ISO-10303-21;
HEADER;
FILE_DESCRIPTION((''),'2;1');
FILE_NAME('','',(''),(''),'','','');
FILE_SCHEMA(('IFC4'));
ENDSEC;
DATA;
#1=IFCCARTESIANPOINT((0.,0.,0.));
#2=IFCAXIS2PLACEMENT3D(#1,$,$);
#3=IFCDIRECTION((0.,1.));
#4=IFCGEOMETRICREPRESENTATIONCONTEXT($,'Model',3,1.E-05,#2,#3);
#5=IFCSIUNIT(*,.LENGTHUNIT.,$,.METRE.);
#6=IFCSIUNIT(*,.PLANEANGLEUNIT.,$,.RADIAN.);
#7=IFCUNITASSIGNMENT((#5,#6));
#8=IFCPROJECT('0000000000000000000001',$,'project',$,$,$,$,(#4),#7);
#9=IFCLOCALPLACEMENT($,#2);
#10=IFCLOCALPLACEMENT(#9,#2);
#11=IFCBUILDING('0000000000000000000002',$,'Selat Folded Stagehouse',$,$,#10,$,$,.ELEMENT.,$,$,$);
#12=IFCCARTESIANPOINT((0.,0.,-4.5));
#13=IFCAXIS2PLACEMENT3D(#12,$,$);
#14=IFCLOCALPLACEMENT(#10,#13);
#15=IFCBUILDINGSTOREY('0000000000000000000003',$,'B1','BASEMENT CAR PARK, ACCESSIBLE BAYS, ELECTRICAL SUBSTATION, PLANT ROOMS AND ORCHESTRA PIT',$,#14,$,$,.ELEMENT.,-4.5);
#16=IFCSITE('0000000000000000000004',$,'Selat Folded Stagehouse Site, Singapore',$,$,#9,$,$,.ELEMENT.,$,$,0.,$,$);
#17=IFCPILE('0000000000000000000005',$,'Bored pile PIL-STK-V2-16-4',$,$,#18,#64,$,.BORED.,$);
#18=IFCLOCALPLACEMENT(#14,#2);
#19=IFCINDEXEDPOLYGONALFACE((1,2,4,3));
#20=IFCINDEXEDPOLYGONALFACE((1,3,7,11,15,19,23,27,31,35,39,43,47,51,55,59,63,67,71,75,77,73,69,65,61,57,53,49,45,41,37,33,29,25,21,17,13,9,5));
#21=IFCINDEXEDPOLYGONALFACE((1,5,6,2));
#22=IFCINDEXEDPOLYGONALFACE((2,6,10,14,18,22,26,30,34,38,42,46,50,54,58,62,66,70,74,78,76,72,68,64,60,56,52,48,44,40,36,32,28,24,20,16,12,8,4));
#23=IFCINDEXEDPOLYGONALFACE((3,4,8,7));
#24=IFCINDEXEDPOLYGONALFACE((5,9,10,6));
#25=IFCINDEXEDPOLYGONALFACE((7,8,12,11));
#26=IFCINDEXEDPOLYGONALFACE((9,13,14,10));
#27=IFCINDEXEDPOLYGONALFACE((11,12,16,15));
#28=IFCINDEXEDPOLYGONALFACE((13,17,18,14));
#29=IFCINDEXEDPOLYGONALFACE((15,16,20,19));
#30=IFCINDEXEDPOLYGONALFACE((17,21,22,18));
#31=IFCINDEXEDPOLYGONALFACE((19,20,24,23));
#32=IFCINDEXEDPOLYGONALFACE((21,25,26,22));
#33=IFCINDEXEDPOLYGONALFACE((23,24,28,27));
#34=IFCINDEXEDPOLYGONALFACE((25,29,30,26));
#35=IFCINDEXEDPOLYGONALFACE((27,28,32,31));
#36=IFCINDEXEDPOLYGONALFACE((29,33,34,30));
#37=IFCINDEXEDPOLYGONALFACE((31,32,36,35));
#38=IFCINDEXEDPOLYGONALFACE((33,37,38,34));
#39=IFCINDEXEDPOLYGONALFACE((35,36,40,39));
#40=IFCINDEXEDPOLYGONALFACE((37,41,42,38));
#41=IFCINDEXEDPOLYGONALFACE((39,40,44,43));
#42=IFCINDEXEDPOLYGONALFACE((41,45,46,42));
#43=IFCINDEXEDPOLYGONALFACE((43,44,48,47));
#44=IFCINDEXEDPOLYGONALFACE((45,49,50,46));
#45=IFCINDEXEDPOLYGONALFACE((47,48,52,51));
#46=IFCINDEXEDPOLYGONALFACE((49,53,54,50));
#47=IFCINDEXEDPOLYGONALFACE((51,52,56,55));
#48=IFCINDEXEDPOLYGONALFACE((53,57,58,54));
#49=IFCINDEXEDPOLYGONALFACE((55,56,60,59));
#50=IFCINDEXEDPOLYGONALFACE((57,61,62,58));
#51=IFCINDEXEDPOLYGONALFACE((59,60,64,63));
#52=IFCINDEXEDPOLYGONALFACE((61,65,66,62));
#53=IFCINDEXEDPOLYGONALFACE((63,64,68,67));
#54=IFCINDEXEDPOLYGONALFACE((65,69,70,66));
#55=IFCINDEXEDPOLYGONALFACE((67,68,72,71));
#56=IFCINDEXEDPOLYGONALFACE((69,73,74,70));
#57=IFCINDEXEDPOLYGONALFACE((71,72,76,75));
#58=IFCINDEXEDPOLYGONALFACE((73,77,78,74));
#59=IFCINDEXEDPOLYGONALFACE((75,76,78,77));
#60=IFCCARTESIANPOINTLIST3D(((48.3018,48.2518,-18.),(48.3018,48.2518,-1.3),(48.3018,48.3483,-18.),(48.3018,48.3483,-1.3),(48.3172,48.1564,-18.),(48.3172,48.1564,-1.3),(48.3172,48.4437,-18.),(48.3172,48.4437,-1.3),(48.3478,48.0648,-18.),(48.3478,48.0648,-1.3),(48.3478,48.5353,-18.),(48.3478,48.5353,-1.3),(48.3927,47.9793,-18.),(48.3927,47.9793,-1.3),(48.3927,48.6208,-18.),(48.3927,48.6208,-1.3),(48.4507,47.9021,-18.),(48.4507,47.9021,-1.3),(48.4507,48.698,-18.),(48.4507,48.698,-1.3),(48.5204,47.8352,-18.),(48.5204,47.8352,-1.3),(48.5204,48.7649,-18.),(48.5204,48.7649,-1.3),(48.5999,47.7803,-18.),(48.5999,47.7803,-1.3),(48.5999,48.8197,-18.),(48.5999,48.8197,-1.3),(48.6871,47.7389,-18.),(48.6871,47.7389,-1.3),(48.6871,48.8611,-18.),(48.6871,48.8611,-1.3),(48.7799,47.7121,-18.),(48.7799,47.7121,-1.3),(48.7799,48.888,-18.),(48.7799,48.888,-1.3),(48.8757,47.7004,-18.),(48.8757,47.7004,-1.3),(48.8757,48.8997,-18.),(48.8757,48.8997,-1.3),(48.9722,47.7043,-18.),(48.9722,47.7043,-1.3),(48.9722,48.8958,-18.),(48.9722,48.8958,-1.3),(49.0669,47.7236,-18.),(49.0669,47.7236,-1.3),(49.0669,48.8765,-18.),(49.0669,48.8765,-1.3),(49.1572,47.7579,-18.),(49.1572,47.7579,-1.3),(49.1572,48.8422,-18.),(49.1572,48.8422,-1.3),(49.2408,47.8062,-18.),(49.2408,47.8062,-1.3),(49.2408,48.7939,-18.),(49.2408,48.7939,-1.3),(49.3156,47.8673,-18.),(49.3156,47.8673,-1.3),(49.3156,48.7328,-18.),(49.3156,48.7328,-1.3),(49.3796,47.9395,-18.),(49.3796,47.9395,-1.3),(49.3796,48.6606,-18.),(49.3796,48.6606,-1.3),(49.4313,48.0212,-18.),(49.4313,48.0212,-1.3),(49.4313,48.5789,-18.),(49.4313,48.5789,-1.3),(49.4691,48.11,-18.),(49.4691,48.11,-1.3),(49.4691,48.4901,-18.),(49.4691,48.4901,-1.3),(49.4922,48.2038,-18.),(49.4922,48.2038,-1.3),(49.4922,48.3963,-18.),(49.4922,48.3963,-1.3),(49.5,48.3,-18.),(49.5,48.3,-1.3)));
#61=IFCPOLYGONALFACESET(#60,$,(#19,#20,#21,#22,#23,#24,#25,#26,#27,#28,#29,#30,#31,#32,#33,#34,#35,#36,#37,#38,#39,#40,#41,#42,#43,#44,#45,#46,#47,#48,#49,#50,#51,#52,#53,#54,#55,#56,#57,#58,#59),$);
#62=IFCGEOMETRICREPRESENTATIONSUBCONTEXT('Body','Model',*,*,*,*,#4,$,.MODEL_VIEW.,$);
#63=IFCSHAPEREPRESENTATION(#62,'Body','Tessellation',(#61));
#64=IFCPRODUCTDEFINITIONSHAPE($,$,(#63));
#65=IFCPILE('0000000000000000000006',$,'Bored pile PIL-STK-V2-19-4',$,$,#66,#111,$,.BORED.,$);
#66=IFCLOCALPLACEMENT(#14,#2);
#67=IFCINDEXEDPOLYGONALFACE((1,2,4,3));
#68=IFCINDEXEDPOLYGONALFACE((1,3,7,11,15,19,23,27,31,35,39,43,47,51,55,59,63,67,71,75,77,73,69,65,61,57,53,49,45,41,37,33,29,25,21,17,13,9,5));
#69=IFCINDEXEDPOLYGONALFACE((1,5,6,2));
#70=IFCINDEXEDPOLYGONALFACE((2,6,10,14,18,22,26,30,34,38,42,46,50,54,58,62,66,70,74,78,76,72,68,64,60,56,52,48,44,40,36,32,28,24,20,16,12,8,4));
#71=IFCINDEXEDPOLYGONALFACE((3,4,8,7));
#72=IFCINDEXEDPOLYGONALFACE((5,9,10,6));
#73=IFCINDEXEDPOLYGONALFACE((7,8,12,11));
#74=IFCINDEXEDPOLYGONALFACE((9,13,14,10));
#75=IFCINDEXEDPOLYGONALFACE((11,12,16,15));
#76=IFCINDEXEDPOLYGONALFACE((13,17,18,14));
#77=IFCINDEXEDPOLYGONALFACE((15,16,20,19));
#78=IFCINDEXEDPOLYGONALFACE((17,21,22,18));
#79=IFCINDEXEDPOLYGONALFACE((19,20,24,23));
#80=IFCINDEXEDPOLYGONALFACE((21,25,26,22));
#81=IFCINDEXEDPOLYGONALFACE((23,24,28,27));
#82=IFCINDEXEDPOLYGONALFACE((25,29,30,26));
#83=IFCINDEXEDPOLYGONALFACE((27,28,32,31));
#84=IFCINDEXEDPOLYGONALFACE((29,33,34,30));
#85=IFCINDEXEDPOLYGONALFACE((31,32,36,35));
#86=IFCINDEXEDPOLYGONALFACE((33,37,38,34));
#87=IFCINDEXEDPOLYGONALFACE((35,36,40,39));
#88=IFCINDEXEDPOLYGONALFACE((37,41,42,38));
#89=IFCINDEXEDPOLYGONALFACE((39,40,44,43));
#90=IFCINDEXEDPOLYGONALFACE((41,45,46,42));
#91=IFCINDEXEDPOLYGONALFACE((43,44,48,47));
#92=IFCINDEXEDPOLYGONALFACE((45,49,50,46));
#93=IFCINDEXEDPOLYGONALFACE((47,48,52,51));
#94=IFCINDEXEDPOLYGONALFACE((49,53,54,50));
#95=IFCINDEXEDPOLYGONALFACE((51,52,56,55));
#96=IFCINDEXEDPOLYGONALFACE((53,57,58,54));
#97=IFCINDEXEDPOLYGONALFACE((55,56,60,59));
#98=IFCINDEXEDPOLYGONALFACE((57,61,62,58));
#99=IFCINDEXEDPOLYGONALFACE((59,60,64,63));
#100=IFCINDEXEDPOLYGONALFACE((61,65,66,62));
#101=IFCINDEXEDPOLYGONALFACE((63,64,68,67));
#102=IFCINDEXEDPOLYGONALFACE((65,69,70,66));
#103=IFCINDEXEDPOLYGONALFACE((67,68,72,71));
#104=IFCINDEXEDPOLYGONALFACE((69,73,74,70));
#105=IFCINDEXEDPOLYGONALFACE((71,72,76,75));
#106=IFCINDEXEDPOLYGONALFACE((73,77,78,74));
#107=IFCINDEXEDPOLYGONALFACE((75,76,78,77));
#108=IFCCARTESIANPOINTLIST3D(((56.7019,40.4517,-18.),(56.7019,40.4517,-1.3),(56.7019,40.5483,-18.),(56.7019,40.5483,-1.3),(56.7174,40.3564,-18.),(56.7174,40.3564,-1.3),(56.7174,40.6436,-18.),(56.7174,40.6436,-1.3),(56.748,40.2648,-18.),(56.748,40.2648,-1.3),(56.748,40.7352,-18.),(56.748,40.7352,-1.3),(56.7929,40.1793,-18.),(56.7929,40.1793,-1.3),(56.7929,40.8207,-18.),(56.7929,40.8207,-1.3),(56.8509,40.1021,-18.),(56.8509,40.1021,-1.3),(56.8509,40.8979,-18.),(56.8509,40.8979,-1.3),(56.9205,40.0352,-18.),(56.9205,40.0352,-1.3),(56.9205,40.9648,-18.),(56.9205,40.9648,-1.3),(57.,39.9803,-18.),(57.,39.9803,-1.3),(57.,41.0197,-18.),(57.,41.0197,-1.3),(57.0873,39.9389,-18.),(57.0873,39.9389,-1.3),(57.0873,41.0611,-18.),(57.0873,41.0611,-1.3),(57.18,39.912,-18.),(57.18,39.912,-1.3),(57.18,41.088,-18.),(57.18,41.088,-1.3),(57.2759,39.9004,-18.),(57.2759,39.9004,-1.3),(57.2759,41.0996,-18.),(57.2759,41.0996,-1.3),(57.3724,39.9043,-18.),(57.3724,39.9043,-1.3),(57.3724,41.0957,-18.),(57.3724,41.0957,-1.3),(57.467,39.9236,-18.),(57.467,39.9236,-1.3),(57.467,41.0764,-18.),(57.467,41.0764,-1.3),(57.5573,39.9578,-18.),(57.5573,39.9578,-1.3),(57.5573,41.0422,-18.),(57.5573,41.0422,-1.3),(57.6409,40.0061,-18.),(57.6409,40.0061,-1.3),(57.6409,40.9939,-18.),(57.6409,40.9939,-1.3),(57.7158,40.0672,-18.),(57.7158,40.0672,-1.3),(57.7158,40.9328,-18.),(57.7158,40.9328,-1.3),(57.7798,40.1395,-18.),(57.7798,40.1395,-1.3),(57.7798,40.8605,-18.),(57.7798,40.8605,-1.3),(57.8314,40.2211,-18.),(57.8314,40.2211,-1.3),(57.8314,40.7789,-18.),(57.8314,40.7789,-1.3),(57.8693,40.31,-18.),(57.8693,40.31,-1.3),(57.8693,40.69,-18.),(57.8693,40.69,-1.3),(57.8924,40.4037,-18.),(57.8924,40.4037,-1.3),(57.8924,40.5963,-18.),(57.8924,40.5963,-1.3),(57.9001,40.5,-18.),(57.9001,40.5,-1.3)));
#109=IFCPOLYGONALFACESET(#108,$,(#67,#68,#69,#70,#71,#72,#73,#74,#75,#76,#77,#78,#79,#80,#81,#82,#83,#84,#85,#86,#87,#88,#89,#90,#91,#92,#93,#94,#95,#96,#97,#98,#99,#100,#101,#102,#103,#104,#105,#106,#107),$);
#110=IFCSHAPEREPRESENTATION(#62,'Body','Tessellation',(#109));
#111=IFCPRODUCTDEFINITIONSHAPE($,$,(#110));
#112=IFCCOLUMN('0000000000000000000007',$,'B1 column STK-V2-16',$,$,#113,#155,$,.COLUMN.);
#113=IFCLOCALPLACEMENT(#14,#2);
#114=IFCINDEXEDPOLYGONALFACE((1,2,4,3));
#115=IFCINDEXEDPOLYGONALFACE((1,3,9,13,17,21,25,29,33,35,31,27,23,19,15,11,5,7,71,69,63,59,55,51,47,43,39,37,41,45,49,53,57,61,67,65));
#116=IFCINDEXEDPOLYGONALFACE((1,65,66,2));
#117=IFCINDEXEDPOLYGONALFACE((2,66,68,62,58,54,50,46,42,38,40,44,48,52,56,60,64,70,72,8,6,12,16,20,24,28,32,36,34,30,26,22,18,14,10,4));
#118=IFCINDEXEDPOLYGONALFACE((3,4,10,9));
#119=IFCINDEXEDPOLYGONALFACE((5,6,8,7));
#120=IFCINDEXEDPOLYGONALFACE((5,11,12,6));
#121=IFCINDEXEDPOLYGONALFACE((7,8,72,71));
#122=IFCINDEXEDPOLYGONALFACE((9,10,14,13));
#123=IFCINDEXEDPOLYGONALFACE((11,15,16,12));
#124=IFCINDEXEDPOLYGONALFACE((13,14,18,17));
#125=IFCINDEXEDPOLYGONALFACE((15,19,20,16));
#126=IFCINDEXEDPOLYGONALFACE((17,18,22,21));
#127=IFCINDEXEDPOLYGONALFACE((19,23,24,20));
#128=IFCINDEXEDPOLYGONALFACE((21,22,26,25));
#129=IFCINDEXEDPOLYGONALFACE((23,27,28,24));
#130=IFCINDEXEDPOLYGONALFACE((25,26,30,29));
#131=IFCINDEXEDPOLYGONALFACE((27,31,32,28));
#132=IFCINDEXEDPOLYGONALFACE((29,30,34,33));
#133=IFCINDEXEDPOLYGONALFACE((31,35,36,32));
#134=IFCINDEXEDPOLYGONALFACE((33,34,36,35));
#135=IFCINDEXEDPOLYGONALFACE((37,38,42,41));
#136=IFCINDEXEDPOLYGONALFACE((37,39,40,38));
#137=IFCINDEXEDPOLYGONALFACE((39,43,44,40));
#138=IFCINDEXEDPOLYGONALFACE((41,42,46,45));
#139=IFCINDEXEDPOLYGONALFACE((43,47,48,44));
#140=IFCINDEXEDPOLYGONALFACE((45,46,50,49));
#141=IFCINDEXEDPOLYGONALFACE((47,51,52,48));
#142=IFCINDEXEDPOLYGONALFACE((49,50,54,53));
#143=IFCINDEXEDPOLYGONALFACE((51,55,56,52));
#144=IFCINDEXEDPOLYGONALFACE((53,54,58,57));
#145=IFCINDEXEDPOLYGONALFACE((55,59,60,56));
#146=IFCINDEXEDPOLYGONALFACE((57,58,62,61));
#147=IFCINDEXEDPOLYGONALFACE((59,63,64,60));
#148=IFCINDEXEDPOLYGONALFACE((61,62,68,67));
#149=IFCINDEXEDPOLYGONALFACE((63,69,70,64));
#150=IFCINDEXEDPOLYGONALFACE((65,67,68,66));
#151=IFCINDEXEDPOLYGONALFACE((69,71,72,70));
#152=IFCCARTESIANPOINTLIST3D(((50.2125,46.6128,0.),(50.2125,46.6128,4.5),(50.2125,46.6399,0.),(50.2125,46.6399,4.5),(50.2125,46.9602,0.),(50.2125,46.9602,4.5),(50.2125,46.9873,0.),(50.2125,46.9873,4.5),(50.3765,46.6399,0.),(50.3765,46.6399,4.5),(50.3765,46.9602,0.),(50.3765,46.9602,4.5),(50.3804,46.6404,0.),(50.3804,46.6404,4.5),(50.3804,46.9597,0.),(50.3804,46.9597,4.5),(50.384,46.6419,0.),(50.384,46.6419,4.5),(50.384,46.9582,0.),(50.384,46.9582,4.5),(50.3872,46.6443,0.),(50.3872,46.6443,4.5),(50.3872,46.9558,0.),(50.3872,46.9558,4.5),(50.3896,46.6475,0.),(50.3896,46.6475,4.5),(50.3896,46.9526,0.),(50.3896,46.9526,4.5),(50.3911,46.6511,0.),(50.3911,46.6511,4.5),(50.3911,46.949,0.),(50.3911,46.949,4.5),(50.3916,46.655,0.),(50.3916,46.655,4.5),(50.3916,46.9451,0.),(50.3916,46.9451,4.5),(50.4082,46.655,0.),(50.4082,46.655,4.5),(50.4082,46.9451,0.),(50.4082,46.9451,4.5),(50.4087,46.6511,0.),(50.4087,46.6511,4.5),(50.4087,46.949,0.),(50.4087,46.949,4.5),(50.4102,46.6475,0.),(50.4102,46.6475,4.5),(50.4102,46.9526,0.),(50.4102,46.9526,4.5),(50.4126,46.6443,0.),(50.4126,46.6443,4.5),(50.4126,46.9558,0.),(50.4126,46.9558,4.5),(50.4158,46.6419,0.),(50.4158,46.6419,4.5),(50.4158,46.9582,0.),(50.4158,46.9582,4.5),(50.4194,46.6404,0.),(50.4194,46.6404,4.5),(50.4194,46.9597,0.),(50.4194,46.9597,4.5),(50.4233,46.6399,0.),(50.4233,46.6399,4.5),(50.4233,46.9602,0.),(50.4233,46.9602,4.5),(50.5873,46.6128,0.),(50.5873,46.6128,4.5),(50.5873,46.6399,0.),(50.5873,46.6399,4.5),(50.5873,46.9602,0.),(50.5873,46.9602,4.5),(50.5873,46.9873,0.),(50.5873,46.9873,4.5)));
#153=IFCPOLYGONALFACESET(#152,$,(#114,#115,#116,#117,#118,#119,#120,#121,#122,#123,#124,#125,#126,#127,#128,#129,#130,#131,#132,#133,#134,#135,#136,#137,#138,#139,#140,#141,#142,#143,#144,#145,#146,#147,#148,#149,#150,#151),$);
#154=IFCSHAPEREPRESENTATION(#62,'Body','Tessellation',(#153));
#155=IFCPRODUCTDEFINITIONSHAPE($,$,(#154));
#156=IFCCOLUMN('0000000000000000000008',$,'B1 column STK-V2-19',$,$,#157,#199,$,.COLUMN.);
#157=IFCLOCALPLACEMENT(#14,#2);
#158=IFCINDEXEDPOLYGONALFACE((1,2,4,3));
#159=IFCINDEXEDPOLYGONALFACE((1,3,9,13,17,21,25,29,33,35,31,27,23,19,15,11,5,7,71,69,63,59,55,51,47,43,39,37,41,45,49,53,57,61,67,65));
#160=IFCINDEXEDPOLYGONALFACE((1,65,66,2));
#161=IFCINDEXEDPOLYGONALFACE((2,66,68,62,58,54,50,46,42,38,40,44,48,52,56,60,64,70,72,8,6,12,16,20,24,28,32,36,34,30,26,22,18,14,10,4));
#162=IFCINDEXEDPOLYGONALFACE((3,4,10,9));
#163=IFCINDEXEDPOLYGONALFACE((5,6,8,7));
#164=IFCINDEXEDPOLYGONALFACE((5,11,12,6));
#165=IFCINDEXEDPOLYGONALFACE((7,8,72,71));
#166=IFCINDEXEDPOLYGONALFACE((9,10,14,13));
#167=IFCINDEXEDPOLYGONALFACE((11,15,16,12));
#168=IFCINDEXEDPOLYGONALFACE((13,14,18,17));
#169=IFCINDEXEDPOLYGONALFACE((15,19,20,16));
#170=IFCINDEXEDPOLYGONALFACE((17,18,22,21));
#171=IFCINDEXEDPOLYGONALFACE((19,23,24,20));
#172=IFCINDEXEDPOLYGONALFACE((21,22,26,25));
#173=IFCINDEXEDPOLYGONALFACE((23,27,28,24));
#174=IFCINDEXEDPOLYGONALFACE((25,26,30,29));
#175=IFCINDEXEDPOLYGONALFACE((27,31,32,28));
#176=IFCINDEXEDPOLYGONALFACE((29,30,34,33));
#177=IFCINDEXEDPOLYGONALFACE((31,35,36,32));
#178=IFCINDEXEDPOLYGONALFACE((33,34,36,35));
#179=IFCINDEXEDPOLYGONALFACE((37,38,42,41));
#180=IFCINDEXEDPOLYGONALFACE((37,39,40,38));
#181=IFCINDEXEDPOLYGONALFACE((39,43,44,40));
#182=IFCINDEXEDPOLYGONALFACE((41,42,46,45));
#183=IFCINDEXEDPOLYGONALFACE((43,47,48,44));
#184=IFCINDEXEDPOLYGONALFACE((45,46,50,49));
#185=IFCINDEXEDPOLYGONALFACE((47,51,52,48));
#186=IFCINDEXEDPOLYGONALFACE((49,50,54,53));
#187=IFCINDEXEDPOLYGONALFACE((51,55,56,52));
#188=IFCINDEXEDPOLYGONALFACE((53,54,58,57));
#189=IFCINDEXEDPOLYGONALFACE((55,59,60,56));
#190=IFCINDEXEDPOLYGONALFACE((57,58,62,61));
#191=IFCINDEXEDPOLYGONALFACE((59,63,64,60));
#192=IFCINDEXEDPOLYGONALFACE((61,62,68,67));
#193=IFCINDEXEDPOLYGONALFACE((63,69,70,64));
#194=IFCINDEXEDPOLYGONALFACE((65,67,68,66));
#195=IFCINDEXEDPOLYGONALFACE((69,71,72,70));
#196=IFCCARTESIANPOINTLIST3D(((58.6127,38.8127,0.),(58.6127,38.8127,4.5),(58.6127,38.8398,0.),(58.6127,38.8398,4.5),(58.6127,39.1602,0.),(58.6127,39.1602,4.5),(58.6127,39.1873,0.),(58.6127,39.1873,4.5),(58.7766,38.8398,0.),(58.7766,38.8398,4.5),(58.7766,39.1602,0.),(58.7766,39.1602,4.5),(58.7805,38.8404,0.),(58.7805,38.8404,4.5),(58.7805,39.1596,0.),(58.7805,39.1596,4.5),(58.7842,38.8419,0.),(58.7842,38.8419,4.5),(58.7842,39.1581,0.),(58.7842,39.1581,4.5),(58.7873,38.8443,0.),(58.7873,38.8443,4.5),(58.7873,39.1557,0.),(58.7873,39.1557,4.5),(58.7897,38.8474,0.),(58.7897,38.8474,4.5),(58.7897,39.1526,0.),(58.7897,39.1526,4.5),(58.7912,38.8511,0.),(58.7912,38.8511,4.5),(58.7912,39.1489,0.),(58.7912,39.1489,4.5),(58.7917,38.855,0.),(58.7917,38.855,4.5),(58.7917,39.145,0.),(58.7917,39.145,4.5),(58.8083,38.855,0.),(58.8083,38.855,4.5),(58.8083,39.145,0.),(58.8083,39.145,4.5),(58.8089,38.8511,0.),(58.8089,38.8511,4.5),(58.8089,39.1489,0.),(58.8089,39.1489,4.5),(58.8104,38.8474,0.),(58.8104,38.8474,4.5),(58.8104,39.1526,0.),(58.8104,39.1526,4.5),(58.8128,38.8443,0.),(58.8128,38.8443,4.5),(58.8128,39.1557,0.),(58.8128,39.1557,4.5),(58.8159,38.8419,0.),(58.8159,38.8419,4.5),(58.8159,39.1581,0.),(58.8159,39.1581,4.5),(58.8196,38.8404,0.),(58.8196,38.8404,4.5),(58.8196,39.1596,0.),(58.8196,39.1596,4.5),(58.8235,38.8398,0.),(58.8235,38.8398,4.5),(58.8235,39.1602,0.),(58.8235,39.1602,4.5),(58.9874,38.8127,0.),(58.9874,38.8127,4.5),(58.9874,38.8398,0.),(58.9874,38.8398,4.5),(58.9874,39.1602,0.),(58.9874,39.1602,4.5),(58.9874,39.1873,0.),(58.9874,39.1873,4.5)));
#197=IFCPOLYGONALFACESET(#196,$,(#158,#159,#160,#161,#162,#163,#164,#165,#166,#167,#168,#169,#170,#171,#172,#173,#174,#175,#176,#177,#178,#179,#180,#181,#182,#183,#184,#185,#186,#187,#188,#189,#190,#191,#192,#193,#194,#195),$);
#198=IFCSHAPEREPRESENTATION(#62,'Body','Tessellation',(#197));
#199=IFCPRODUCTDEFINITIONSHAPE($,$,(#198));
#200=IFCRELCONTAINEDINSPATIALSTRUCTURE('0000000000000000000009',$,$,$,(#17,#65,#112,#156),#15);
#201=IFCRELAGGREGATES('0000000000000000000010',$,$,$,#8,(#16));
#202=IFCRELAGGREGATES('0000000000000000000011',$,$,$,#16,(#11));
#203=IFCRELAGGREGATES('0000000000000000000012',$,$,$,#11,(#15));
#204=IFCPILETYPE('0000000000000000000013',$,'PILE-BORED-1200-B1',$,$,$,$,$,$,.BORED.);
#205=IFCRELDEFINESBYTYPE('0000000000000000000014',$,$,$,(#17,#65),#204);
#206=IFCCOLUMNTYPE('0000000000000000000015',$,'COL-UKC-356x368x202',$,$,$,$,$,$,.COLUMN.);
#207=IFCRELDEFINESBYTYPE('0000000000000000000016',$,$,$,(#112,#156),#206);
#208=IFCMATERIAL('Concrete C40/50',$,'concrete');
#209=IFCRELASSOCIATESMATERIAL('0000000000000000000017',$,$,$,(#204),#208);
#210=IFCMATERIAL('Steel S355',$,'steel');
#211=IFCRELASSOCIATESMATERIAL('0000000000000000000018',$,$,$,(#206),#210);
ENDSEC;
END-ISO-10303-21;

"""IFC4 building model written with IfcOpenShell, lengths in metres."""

from ifc_helpers import new_model, si_unit, direction, frame, origin, origin_2d, place, context, subcontext, project, spatial, circle, i_section, extrude, material, material_profile, profile_set, type_object, element, save


model = new_model("IFC4")

# Units and contexts
model_context = context("Model", 3, precision=1e-05, world=origin(), true_north=direction((0.0, 1.0)))
body_context = subcontext(model_context, "Body", "Model", "MODEL_VIEW")
ifc_project = project(units=[si_unit("LENGTHUNIT", "METRE"), si_unit("PLANEANGLEUNIT", "RADIAN")], contexts=[model_context])

# Site, building, storey
site_placement = place(None, origin())
site = spatial("IfcSite", under=ifc_project, at=site_placement, Name="Selat Folded Stagehouse Site, Singapore", CompositionType="ELEMENT", RefElevation=0.0)
building_placement = place(site_placement, origin())
building = spatial("IfcBuilding", under=site, at=building_placement, Name="Selat Folded Stagehouse", CompositionType="ELEMENT")
storey_placement = place(building_placement, frame((0.0, 0.0, -4.5)))
storey = spatial("IfcBuildingStorey", under=building, at=storey_placement, Name="B1", Description="BASEMENT CAR PARK, ACCESSIBLE BAYS, ELECTRICAL SUBSTATION, PLANT ROOMS AND ORCHESTRA PIT", CompositionType="ELEMENT", Elevation=-4.5)

# Shared definitions
ifc_material_1 = material(Name="Concrete C40/50", Category="concrete")

# Piles
ifc_material_profile_1 = material_profile(ifc_material_1, circle(Radius=0.6001, at=origin_2d()), Name="PILE D1200")
ifc_profile_set_1 = profile_set([ifc_material_profile_1], Name="Concrete C40/50")
pile_type = type_object("IfcPileType", Name="PILE-BORED-1200-B1", PredefinedType="BORED", material=ifc_profile_set_1)
for number, where, z_axis, x_axis, name in (
    (1, (48.8999, 48.3, -1.3), (0.0, 0.0, -1.0), (1.0, 0.0, 0.0), "Bored pile PIL-STK-V2-16-4"),
    (2, (57.3, 40.5, -1.3), (0.0, 0.0, -1.0), (1.0, 0.0, 0.0), "Bored pile PIL-STK-V2-19-4"),
):
    element("IfcPile", number, at=place(storey_placement, frame(where, z_axis=z_axis, x_axis=x_axis)), inside=storey, type_object=pile_type, Name=name, PredefinedType="BORED", context=body_context, shape_type="SweptSolid", body=[
        extrude(circle(Radius=0.6001, at=origin_2d()), origin(), (0.0, 0.0, 1.0), 16.7),
    ])

# Columns
ifc_material_2 = material(Name="Steel S355", Category="steel")
ifc_material_profile_2 = material_profile(ifc_material_2, i_section(OverallWidth=0.3748, OverallDepth=0.3745, WebThickness=0.0166, FlangeThickness=0.0271, FilletRadius=0.0151, at=origin_2d()), Name="UKC 356x368x202")
ifc_profile_set_2 = profile_set([ifc_material_profile_2], Name="Steel S355")
column_type = type_object("IfcColumnType", Name="COL-UKC-356x368x202", PredefinedType="COLUMN", material=ifc_profile_set_2)
for number, where, z_axis, x_axis, name in (
    (3, (50.3999, 46.8, 0.0), (0.0, 0.0, 1.0), (1.0, 0.0, 0.0), "B1 column STK-V2-16"),
    (4, (58.8, 39.0, 0.0), (0.0, 0.0, 1.0), (1.0, 0.0, 0.0), "B1 column STK-V2-19"),
):
    element("IfcColumn", number, at=place(storey_placement, frame(where, z_axis=z_axis, x_axis=x_axis)), inside=storey, type_object=column_type, Name=name, PredefinedType="COLUMN", context=body_context, shape_type="SweptSolid", body=[
        extrude(i_section(OverallWidth=0.3748, OverallDepth=0.3745, WebThickness=0.0166, FlangeThickness=0.0271, FilletRadius=0.0151, at=origin_2d()), origin(), (0.0, 0.0, 1.0), 4.5),
    ])

save(model, "model.ifc")
